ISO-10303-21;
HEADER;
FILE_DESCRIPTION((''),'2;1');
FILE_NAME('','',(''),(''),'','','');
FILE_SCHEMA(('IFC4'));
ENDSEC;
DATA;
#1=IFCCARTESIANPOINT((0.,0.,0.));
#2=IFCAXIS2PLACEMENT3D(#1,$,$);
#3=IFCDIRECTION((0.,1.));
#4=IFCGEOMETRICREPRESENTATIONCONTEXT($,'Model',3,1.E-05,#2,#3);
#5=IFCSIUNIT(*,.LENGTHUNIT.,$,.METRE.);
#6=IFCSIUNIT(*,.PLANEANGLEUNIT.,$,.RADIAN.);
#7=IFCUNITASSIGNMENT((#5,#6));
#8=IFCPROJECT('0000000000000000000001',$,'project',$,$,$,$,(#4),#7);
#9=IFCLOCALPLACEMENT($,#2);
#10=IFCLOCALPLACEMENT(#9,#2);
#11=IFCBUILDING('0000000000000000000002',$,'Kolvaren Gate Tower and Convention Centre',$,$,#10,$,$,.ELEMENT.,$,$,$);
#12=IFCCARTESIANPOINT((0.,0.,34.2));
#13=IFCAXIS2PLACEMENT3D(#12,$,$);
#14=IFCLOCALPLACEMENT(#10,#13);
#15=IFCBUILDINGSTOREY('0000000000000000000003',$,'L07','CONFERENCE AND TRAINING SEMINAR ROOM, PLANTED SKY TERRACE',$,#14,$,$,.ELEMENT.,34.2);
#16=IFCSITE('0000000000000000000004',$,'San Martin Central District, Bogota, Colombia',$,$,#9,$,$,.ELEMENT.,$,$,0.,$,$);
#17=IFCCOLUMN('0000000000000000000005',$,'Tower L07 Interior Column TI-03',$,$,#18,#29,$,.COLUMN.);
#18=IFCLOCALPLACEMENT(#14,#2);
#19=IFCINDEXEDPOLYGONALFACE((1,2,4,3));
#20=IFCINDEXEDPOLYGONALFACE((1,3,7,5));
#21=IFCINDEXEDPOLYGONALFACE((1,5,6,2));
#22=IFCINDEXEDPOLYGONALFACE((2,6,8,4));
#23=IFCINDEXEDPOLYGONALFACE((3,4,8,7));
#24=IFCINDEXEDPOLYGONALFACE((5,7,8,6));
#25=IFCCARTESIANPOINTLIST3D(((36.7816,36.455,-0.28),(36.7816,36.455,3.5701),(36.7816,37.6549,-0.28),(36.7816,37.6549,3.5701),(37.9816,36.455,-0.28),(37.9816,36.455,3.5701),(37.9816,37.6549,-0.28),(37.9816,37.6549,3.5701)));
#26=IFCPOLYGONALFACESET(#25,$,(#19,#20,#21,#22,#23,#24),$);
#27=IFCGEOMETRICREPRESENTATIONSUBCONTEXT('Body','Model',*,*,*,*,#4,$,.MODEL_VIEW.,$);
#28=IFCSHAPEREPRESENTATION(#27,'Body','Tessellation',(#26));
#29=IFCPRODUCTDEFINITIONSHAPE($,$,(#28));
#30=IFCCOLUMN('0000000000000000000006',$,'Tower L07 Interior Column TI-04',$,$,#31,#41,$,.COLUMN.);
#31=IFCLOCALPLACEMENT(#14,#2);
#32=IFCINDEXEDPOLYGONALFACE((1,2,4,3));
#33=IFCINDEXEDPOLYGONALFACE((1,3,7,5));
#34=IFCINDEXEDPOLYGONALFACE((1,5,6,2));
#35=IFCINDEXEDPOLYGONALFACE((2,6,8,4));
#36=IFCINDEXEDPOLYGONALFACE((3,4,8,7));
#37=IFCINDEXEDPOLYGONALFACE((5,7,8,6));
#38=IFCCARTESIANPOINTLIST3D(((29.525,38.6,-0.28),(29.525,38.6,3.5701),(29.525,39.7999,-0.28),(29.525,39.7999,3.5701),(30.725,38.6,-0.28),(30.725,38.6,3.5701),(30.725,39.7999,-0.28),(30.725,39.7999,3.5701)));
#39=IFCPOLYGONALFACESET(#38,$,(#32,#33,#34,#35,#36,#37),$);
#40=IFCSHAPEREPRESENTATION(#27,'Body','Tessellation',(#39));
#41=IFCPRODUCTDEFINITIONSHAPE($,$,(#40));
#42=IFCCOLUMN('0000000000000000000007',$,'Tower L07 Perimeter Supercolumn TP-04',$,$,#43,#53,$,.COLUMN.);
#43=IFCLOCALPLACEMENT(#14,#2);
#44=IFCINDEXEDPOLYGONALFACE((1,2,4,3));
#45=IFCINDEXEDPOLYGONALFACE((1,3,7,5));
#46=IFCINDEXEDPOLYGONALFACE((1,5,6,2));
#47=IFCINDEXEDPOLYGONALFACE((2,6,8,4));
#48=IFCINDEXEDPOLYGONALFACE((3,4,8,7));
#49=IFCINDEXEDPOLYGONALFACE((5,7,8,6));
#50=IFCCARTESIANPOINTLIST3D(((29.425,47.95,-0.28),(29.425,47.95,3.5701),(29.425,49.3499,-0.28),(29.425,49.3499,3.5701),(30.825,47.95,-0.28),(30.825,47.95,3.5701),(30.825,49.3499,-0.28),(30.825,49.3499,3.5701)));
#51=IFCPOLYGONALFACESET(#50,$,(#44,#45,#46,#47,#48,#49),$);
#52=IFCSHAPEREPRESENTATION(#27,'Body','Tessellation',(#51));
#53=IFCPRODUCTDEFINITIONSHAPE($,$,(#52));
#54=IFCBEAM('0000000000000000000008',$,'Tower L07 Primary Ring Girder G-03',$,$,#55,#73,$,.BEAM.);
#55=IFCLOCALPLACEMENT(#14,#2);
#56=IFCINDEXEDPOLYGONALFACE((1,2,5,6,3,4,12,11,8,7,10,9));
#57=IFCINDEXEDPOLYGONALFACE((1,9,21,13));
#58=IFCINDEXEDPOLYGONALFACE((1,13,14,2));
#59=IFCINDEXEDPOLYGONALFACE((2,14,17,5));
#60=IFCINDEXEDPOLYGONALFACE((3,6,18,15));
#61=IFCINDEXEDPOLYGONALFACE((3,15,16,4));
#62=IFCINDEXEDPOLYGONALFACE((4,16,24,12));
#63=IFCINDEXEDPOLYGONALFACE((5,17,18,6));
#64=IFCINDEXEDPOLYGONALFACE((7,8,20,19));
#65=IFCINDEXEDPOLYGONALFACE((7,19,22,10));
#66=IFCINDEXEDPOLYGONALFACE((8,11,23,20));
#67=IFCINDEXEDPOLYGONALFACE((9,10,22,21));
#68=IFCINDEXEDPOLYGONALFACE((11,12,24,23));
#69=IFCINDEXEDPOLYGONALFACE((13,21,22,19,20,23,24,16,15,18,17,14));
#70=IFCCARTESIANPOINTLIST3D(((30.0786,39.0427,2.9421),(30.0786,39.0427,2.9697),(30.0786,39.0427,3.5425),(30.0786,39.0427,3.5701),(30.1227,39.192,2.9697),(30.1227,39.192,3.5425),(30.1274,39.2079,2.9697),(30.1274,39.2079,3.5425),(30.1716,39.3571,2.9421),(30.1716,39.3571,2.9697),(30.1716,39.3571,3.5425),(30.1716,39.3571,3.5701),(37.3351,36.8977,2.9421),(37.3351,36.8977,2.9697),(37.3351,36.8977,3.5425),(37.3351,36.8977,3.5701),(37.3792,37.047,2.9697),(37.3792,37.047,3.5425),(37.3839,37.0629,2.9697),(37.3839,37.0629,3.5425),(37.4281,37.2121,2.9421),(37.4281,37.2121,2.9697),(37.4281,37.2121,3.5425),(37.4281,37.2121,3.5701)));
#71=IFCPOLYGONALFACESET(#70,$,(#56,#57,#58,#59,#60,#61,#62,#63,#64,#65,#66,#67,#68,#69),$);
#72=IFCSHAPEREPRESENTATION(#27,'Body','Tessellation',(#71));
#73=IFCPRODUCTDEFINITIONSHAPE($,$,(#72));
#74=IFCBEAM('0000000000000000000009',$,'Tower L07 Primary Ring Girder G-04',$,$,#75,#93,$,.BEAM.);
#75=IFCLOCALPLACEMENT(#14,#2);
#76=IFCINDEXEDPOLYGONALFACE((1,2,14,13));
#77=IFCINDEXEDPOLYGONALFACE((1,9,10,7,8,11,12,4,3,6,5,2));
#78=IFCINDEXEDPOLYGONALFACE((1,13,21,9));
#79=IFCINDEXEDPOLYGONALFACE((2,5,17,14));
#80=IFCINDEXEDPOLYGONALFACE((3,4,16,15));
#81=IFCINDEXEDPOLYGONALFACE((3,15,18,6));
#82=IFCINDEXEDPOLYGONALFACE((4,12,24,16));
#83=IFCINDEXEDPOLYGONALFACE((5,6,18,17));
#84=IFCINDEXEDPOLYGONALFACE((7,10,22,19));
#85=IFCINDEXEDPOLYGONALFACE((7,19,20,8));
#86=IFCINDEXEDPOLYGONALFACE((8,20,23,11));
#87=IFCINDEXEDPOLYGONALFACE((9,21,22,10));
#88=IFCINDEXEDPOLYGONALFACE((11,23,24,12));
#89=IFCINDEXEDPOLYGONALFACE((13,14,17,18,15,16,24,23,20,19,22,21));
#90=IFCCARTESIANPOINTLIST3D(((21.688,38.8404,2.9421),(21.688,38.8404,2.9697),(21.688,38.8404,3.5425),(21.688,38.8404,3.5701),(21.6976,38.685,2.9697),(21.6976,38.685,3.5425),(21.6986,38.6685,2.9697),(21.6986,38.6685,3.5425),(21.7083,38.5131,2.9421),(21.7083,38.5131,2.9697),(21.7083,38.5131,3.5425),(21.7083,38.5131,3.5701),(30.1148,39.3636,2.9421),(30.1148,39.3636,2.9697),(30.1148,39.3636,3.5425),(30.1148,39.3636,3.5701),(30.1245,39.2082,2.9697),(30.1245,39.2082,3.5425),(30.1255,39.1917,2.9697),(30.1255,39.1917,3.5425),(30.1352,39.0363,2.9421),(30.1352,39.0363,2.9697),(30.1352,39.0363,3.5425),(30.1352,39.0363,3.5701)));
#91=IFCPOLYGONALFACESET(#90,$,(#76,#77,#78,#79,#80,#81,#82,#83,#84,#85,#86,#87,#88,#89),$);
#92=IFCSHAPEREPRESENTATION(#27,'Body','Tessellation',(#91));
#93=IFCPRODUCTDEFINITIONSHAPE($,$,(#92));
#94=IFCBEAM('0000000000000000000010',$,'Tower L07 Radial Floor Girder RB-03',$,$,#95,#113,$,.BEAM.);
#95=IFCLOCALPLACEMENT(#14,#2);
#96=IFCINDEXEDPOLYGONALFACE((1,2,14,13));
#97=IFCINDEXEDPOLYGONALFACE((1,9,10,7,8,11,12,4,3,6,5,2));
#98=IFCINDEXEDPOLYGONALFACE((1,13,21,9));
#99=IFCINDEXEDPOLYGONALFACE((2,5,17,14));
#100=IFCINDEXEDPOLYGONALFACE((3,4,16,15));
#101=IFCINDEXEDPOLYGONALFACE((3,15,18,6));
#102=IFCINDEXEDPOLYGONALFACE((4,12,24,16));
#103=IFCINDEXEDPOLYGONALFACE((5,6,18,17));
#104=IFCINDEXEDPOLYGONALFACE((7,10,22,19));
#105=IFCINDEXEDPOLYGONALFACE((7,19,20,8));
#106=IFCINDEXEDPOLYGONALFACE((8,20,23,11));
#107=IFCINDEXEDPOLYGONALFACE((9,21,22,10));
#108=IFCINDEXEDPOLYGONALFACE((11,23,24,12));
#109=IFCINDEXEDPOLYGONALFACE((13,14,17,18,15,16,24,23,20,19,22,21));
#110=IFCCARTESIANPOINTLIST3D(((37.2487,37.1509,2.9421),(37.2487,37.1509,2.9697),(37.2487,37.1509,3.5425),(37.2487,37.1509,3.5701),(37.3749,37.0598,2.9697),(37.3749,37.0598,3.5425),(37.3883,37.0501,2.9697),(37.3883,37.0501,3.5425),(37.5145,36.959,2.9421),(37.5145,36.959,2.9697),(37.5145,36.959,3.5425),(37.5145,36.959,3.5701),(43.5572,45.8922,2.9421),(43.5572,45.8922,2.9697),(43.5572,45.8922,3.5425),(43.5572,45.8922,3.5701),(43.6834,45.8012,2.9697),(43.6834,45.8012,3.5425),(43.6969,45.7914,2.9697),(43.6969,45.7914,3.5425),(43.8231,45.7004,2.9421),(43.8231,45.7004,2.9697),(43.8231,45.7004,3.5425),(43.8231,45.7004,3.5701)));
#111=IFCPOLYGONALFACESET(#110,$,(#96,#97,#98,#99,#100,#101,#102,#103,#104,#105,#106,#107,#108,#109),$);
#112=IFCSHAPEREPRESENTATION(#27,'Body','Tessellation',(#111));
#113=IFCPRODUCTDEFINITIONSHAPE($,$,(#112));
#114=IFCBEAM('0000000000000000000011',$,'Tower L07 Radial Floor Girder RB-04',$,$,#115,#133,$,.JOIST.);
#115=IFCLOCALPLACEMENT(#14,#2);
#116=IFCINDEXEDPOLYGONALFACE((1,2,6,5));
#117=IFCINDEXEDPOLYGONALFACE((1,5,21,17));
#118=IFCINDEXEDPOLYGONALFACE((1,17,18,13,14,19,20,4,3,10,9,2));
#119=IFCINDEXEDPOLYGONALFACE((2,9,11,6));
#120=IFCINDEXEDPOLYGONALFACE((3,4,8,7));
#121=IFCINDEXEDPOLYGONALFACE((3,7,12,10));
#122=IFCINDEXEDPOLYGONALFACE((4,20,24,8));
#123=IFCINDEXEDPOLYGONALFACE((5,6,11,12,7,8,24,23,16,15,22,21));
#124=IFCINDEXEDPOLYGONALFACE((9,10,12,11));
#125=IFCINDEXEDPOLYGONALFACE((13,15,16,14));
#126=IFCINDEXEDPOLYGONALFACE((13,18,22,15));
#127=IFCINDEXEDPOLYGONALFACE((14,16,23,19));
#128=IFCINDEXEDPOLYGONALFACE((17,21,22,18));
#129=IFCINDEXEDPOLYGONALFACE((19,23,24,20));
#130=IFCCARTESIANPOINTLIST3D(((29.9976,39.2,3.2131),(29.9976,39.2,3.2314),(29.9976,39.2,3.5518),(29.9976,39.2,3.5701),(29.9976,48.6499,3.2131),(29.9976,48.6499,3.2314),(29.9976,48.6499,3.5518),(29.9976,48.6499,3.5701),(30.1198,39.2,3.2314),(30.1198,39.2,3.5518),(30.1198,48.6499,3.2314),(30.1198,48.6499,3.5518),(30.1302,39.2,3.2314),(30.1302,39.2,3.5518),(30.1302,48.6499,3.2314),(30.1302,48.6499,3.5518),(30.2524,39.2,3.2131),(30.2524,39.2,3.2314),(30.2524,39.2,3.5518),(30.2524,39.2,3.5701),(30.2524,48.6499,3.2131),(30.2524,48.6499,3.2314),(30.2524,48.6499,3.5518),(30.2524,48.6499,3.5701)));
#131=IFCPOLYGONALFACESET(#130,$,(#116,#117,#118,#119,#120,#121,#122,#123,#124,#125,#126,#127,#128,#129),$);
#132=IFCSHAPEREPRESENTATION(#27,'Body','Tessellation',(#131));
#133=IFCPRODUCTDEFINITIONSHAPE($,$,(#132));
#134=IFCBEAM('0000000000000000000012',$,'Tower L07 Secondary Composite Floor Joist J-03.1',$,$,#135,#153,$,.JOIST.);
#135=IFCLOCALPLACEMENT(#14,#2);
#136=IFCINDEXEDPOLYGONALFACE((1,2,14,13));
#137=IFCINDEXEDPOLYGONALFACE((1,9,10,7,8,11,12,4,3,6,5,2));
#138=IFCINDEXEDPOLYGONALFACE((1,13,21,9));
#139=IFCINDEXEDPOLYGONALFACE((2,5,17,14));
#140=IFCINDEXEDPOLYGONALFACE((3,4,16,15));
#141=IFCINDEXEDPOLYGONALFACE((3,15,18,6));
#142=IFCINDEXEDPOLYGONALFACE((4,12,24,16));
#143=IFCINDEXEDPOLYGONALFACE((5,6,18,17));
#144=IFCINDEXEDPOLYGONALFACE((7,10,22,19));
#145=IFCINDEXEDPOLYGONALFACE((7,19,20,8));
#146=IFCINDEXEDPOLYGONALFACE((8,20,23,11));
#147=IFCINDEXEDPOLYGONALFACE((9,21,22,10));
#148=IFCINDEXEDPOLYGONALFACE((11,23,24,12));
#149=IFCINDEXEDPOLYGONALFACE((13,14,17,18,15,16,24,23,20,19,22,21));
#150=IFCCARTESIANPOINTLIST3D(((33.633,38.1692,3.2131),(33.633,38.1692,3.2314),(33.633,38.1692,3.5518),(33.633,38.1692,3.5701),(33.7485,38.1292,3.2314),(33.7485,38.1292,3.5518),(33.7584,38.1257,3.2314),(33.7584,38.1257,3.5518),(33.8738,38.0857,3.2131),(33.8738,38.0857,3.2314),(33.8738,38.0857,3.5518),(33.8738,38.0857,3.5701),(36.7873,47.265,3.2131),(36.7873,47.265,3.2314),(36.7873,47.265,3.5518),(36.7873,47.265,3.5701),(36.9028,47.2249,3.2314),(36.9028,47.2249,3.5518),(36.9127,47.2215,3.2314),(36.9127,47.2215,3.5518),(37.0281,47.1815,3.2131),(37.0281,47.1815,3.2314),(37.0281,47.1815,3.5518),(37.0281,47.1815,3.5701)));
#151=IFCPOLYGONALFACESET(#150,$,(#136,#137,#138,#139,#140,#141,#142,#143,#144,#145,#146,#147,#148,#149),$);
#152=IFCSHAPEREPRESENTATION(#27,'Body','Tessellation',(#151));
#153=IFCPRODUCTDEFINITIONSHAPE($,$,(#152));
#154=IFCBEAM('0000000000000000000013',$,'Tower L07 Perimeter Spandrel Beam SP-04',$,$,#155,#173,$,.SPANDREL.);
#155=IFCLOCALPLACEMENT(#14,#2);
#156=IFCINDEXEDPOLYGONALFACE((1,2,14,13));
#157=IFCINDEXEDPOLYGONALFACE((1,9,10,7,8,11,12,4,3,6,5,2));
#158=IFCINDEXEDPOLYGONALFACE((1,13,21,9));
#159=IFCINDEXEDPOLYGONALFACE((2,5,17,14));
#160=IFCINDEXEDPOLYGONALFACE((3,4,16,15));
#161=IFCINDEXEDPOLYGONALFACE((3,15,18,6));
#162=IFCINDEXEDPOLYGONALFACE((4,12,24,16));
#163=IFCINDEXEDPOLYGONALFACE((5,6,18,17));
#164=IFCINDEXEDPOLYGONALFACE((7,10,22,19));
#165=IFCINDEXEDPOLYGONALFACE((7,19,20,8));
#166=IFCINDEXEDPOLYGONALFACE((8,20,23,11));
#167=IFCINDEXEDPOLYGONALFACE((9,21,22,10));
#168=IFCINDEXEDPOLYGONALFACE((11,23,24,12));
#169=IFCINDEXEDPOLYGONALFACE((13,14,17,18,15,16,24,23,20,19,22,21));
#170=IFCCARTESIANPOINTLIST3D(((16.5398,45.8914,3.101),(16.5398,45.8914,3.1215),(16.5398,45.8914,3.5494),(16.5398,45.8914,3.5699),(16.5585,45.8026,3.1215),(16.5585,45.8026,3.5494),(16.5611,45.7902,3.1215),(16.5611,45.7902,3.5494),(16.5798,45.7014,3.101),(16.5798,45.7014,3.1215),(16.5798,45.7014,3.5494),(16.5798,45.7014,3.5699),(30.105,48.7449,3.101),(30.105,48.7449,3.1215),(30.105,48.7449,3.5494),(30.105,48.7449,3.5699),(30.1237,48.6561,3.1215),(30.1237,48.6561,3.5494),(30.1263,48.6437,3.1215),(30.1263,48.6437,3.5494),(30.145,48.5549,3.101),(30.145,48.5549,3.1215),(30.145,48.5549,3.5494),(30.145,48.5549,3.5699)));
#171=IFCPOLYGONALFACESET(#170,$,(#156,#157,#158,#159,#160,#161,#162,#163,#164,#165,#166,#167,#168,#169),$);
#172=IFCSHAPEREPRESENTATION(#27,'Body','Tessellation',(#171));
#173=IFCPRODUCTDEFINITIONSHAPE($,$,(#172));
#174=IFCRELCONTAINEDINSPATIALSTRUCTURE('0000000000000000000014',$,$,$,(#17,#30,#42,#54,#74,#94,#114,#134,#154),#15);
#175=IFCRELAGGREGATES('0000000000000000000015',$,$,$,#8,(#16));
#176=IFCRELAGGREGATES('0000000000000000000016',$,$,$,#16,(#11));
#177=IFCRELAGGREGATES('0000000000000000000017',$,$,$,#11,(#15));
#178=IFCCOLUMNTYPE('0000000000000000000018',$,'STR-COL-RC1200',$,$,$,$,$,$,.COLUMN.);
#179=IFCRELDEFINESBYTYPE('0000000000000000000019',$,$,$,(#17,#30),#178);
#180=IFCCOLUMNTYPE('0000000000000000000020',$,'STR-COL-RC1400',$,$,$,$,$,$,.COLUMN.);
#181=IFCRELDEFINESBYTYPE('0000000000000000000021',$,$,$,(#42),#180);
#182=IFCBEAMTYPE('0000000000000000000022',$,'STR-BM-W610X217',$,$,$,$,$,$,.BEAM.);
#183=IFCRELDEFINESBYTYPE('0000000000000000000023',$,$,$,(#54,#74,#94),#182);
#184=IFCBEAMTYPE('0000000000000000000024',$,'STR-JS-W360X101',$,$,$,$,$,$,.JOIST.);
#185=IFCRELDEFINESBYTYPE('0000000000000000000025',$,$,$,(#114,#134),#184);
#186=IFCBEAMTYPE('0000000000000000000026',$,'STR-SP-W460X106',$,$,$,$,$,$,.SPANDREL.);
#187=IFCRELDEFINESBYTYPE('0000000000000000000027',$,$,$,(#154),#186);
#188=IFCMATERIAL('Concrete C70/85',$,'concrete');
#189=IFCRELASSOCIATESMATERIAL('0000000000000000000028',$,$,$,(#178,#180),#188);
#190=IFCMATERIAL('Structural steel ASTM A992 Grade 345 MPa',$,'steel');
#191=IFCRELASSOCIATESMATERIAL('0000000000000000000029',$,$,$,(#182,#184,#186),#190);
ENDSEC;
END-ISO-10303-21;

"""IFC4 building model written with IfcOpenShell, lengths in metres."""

from ifc_helpers import new_model, si_unit, direction, frame, origin, origin_2d, place, context, subcontext, project, spatial, rectangle, i_section, extrude, material, material_profile, profile_set, type_object, element, save


model = new_model("IFC4")

# Units and contexts
model_context = context("Model", 3, precision=1e-05, world=origin(), true_north=direction((0.0, 1.0)))
body_context = subcontext(model_context, "Body", "Model", "MODEL_VIEW")
ifc_project = project(units=[si_unit("LENGTHUNIT", "METRE"), si_unit("PLANEANGLEUNIT", "RADIAN")], contexts=[model_context])

# Site, building, storey
site_placement = place(None, origin())
site = spatial("IfcSite", under=ifc_project, at=site_placement, Name="San Martin Central District, Bogota, Colombia", CompositionType="ELEMENT", RefElevation=0.0)
building_placement = place(site_placement, origin())
building = spatial("IfcBuilding", under=site, at=building_placement, Name="Kolvaren Gate Tower and Convention Centre", CompositionType="ELEMENT")
storey_placement = place(building_placement, frame((0.0, 0.0, 34.2)))
storey = spatial("IfcBuildingStorey", under=building, at=storey_placement, Name="L07", Description="CONFERENCE AND TRAINING SEMINAR ROOM, PLANTED SKY TERRACE", CompositionType="ELEMENT", Elevation=34.2)

# Columns
ifc_material_1 = material(Name="Concrete C70/85", Category="concrete")
ifc_material_profile_1 = material_profile(ifc_material_1, rectangle(XDim=1.2, YDim=1.2, at=origin_2d()), Name="RC-COL-1200X1200")
ifc_profile_set_1 = profile_set([ifc_material_profile_1], Name="Concrete C70/85")
column_type_1 = type_object("IfcColumnType", Name="STR-COL-RC1200", PredefinedType="COLUMN", material=ifc_profile_set_1)
for number, where, z_axis, x_axis, name in (
    (1, (37.3816, 37.0549, -0.28), (0.0, 0.0, 1.0), (1.0, 0.0, 0.0), "Tower L07 Interior Column TI-03"),
    (2, (30.125, 39.2, -0.28), (0.0, 0.0, 1.0), (1.0, 0.0, 0.0), "Tower L07 Interior Column TI-04"),
):
    element("IfcColumn", number, at=place(storey_placement, frame(where, z_axis=z_axis, x_axis=x_axis)), inside=storey, type_object=column_type_1, Name=name, PredefinedType="COLUMN", context=body_context, shape_type="SweptSolid", body=[
        extrude(rectangle(XDim=1.2, YDim=1.2, at=origin_2d()), origin(), (0.0, 0.0, 1.0), 3.8501),
    ])
ifc_material_profile_2 = material_profile(ifc_material_1, rectangle(XDim=1.3999, YDim=1.3999, at=origin_2d()), Name="RC-COL-1400X1400")
ifc_profile_set_2 = profile_set([ifc_material_profile_2], Name="Concrete C70/85")
column_type_2 = type_object("IfcColumnType", Name="STR-COL-RC1400", PredefinedType="COLUMN", material=ifc_profile_set_2)
column_placement = place(storey_placement, frame((30.125, 48.6499, -0.28), z_axis=(0.0, 0.0, 1.0), x_axis=(1.0, 0.0, 0.0)))
element("IfcColumn", 3, at=column_placement, inside=storey, type_object=column_type_2, Name="Tower L07 Perimeter Supercolumn TP-04", PredefinedType="COLUMN", context=body_context, shape_type="SweptSolid", body=[
    extrude(rectangle(XDim=1.3999, YDim=1.3999, at=origin_2d()), origin(), (0.0, 0.0, 1.0), 3.8501),
])

# Beams
ifc_material_2 = material(Name="Structural steel ASTM A992 Grade 345 MPa", Category="steel")
ifc_material_profile_3 = material_profile(ifc_material_2, i_section(OverallWidth=0.3279, OverallDepth=0.6279, WebThickness=0.0166, FlangeThickness=0.0276, at=origin_2d()), Name="W610X217")
ifc_profile_set_3 = profile_set([ifc_material_profile_3], Name="Structural steel ASTM A992 Grade 345 MPa")
beam_type_1 = type_object("IfcBeamType", Name="STR-BM-W610X217", PredefinedType="BEAM", material=ifc_profile_set_3)
beam_1_placement = place(storey_placement, frame((37.3816, 37.0549, 3.2561), z_axis=(-0.958981, 0.283471, 0.0), x_axis=(-0.283471, -0.958981, 0.0)))
element("IfcBeam", 4, at=beam_1_placement, inside=storey, type_object=beam_type_1, Name="Tower L07 Primary Ring Girder G-03", PredefinedType="BEAM", context=body_context, shape_type="SweptSolid", body=[
    extrude(i_section(OverallWidth=0.3279, OverallDepth=0.6279, WebThickness=0.0166, FlangeThickness=0.0276, at=origin_2d()), origin(), (0.0, 0.0, 1.0), 7.5669),
])
beam_2_placement = place(storey_placement, frame((30.125, 39.2, 3.2561), z_axis=(-0.998078, -0.061966, 0.0), x_axis=(0.061966, -0.998078, 0.0)))
element("IfcBeam", 5, at=beam_2_placement, inside=storey, type_object=beam_type_1, Name="Tower L07 Primary Ring Girder G-04", PredefinedType="BEAM", context=body_context, shape_type="SweptSolid", body=[
    extrude(i_section(OverallWidth=0.3279, OverallDepth=0.6279, WebThickness=0.0166, FlangeThickness=0.0276, at=origin_2d()), origin(), (0.0, 0.0, 1.0), 8.4431),
])
beam_3_placement = place(storey_placement, frame((37.3816, 37.0549, 3.2561), z_axis=(0.585205, 0.810885, 0.0), x_axis=(-0.810885, 0.585205, 0.0)))
element("IfcBeam", 6, at=beam_3_placement, inside=storey, type_object=beam_type_1, Name="Tower L07 Radial Floor Girder RB-03", PredefinedType="BEAM", context=body_context, shape_type="SweptSolid", body=[
    extrude(i_section(OverallWidth=0.3279, OverallDepth=0.6279, WebThickness=0.0166, FlangeThickness=0.0276, at=origin_2d()), origin(), (0.0, 0.0, 1.0), 10.78),
])
ifc_material_profile_4 = material_profile(ifc_material_2, i_section(OverallWidth=0.2549, OverallDepth=0.3569, WebThickness=0.0105, FlangeThickness=0.0183, at=origin_2d()), Name="W360X101")
ifc_profile_set_4 = profile_set([ifc_material_profile_4], Name="Structural steel ASTM A992 Grade 345 MPa")
beam_type_2 = type_object("IfcBeamType", Name="STR-JS-W360X101", PredefinedType="JOIST", material=ifc_profile_set_4)
beam_4_placement = place(storey_placement, frame((30.125, 39.2, 3.3916), z_axis=(0.0, 1.0, 0.0), x_axis=(-1.0, 0.0, 0.0)))
element("IfcBeam", 7, at=beam_4_placement, inside=storey, type_object=beam_type_2, Name="Tower L07 Radial Floor Girder RB-04", PredefinedType="JOIST", context=body_context, shape_type="SweptSolid", body=[
    extrude(i_section(OverallWidth=0.2549, OverallDepth=0.3569, WebThickness=0.0105, FlangeThickness=0.0183, at=origin_2d()), origin(), (0.0, 0.0, 1.0), 9.45),
])
beam_5_placement = place(storey_placement, frame((33.7534, 38.1274, 3.3916), z_axis=(0.327647, 0.9448, 0.0), x_axis=(-0.9448, 0.327647, 0.0)))
element("IfcBeam", 8, at=beam_5_placement, inside=storey, type_object=beam_type_2, Name="Tower L07 Secondary Composite Floor Joist J-03.1", PredefinedType="JOIST", context=body_context, shape_type="SweptSolid", body=[
    extrude(i_section(OverallWidth=0.2549, OverallDepth=0.3569, WebThickness=0.0105, FlangeThickness=0.0183, at=origin_2d()), origin(), (0.0, 0.0, 1.0), 9.6272),
])
ifc_material_profile_5 = material_profile(ifc_material_2, i_section(OverallWidth=0.1941, OverallDepth=0.469, WebThickness=0.0127, FlangeThickness=0.0205, at=origin_2d()), Name="W460X106")
ifc_profile_set_5 = profile_set([ifc_material_profile_5], Name="Structural steel ASTM A992 Grade 345 MPa")
beam_type_3 = type_object("IfcBeamType", Name="STR-SP-W460X106", PredefinedType="SPANDREL", material=ifc_profile_set_5)
beam_6_placement = place(storey_placement, frame((30.125, 48.6499, 3.3354), z_axis=(-0.978583, -0.205851, 0.0), x_axis=(0.205851, -0.978583, 0.0)))
element("IfcBeam", 9, at=beam_6_placement, inside=storey, type_object=beam_type_3, Name="Tower L07 Perimeter Spandrel Beam SP-04", PredefinedType="SPANDREL", context=body_context, shape_type="SweptSolid", body=[
    extrude(i_section(OverallWidth=0.1941, OverallDepth=0.469, WebThickness=0.0127, FlangeThickness=0.0205, at=origin_2d()), origin(), (0.0, 0.0, 1.0), 13.8621),
])

save(model, "model.ifc")
